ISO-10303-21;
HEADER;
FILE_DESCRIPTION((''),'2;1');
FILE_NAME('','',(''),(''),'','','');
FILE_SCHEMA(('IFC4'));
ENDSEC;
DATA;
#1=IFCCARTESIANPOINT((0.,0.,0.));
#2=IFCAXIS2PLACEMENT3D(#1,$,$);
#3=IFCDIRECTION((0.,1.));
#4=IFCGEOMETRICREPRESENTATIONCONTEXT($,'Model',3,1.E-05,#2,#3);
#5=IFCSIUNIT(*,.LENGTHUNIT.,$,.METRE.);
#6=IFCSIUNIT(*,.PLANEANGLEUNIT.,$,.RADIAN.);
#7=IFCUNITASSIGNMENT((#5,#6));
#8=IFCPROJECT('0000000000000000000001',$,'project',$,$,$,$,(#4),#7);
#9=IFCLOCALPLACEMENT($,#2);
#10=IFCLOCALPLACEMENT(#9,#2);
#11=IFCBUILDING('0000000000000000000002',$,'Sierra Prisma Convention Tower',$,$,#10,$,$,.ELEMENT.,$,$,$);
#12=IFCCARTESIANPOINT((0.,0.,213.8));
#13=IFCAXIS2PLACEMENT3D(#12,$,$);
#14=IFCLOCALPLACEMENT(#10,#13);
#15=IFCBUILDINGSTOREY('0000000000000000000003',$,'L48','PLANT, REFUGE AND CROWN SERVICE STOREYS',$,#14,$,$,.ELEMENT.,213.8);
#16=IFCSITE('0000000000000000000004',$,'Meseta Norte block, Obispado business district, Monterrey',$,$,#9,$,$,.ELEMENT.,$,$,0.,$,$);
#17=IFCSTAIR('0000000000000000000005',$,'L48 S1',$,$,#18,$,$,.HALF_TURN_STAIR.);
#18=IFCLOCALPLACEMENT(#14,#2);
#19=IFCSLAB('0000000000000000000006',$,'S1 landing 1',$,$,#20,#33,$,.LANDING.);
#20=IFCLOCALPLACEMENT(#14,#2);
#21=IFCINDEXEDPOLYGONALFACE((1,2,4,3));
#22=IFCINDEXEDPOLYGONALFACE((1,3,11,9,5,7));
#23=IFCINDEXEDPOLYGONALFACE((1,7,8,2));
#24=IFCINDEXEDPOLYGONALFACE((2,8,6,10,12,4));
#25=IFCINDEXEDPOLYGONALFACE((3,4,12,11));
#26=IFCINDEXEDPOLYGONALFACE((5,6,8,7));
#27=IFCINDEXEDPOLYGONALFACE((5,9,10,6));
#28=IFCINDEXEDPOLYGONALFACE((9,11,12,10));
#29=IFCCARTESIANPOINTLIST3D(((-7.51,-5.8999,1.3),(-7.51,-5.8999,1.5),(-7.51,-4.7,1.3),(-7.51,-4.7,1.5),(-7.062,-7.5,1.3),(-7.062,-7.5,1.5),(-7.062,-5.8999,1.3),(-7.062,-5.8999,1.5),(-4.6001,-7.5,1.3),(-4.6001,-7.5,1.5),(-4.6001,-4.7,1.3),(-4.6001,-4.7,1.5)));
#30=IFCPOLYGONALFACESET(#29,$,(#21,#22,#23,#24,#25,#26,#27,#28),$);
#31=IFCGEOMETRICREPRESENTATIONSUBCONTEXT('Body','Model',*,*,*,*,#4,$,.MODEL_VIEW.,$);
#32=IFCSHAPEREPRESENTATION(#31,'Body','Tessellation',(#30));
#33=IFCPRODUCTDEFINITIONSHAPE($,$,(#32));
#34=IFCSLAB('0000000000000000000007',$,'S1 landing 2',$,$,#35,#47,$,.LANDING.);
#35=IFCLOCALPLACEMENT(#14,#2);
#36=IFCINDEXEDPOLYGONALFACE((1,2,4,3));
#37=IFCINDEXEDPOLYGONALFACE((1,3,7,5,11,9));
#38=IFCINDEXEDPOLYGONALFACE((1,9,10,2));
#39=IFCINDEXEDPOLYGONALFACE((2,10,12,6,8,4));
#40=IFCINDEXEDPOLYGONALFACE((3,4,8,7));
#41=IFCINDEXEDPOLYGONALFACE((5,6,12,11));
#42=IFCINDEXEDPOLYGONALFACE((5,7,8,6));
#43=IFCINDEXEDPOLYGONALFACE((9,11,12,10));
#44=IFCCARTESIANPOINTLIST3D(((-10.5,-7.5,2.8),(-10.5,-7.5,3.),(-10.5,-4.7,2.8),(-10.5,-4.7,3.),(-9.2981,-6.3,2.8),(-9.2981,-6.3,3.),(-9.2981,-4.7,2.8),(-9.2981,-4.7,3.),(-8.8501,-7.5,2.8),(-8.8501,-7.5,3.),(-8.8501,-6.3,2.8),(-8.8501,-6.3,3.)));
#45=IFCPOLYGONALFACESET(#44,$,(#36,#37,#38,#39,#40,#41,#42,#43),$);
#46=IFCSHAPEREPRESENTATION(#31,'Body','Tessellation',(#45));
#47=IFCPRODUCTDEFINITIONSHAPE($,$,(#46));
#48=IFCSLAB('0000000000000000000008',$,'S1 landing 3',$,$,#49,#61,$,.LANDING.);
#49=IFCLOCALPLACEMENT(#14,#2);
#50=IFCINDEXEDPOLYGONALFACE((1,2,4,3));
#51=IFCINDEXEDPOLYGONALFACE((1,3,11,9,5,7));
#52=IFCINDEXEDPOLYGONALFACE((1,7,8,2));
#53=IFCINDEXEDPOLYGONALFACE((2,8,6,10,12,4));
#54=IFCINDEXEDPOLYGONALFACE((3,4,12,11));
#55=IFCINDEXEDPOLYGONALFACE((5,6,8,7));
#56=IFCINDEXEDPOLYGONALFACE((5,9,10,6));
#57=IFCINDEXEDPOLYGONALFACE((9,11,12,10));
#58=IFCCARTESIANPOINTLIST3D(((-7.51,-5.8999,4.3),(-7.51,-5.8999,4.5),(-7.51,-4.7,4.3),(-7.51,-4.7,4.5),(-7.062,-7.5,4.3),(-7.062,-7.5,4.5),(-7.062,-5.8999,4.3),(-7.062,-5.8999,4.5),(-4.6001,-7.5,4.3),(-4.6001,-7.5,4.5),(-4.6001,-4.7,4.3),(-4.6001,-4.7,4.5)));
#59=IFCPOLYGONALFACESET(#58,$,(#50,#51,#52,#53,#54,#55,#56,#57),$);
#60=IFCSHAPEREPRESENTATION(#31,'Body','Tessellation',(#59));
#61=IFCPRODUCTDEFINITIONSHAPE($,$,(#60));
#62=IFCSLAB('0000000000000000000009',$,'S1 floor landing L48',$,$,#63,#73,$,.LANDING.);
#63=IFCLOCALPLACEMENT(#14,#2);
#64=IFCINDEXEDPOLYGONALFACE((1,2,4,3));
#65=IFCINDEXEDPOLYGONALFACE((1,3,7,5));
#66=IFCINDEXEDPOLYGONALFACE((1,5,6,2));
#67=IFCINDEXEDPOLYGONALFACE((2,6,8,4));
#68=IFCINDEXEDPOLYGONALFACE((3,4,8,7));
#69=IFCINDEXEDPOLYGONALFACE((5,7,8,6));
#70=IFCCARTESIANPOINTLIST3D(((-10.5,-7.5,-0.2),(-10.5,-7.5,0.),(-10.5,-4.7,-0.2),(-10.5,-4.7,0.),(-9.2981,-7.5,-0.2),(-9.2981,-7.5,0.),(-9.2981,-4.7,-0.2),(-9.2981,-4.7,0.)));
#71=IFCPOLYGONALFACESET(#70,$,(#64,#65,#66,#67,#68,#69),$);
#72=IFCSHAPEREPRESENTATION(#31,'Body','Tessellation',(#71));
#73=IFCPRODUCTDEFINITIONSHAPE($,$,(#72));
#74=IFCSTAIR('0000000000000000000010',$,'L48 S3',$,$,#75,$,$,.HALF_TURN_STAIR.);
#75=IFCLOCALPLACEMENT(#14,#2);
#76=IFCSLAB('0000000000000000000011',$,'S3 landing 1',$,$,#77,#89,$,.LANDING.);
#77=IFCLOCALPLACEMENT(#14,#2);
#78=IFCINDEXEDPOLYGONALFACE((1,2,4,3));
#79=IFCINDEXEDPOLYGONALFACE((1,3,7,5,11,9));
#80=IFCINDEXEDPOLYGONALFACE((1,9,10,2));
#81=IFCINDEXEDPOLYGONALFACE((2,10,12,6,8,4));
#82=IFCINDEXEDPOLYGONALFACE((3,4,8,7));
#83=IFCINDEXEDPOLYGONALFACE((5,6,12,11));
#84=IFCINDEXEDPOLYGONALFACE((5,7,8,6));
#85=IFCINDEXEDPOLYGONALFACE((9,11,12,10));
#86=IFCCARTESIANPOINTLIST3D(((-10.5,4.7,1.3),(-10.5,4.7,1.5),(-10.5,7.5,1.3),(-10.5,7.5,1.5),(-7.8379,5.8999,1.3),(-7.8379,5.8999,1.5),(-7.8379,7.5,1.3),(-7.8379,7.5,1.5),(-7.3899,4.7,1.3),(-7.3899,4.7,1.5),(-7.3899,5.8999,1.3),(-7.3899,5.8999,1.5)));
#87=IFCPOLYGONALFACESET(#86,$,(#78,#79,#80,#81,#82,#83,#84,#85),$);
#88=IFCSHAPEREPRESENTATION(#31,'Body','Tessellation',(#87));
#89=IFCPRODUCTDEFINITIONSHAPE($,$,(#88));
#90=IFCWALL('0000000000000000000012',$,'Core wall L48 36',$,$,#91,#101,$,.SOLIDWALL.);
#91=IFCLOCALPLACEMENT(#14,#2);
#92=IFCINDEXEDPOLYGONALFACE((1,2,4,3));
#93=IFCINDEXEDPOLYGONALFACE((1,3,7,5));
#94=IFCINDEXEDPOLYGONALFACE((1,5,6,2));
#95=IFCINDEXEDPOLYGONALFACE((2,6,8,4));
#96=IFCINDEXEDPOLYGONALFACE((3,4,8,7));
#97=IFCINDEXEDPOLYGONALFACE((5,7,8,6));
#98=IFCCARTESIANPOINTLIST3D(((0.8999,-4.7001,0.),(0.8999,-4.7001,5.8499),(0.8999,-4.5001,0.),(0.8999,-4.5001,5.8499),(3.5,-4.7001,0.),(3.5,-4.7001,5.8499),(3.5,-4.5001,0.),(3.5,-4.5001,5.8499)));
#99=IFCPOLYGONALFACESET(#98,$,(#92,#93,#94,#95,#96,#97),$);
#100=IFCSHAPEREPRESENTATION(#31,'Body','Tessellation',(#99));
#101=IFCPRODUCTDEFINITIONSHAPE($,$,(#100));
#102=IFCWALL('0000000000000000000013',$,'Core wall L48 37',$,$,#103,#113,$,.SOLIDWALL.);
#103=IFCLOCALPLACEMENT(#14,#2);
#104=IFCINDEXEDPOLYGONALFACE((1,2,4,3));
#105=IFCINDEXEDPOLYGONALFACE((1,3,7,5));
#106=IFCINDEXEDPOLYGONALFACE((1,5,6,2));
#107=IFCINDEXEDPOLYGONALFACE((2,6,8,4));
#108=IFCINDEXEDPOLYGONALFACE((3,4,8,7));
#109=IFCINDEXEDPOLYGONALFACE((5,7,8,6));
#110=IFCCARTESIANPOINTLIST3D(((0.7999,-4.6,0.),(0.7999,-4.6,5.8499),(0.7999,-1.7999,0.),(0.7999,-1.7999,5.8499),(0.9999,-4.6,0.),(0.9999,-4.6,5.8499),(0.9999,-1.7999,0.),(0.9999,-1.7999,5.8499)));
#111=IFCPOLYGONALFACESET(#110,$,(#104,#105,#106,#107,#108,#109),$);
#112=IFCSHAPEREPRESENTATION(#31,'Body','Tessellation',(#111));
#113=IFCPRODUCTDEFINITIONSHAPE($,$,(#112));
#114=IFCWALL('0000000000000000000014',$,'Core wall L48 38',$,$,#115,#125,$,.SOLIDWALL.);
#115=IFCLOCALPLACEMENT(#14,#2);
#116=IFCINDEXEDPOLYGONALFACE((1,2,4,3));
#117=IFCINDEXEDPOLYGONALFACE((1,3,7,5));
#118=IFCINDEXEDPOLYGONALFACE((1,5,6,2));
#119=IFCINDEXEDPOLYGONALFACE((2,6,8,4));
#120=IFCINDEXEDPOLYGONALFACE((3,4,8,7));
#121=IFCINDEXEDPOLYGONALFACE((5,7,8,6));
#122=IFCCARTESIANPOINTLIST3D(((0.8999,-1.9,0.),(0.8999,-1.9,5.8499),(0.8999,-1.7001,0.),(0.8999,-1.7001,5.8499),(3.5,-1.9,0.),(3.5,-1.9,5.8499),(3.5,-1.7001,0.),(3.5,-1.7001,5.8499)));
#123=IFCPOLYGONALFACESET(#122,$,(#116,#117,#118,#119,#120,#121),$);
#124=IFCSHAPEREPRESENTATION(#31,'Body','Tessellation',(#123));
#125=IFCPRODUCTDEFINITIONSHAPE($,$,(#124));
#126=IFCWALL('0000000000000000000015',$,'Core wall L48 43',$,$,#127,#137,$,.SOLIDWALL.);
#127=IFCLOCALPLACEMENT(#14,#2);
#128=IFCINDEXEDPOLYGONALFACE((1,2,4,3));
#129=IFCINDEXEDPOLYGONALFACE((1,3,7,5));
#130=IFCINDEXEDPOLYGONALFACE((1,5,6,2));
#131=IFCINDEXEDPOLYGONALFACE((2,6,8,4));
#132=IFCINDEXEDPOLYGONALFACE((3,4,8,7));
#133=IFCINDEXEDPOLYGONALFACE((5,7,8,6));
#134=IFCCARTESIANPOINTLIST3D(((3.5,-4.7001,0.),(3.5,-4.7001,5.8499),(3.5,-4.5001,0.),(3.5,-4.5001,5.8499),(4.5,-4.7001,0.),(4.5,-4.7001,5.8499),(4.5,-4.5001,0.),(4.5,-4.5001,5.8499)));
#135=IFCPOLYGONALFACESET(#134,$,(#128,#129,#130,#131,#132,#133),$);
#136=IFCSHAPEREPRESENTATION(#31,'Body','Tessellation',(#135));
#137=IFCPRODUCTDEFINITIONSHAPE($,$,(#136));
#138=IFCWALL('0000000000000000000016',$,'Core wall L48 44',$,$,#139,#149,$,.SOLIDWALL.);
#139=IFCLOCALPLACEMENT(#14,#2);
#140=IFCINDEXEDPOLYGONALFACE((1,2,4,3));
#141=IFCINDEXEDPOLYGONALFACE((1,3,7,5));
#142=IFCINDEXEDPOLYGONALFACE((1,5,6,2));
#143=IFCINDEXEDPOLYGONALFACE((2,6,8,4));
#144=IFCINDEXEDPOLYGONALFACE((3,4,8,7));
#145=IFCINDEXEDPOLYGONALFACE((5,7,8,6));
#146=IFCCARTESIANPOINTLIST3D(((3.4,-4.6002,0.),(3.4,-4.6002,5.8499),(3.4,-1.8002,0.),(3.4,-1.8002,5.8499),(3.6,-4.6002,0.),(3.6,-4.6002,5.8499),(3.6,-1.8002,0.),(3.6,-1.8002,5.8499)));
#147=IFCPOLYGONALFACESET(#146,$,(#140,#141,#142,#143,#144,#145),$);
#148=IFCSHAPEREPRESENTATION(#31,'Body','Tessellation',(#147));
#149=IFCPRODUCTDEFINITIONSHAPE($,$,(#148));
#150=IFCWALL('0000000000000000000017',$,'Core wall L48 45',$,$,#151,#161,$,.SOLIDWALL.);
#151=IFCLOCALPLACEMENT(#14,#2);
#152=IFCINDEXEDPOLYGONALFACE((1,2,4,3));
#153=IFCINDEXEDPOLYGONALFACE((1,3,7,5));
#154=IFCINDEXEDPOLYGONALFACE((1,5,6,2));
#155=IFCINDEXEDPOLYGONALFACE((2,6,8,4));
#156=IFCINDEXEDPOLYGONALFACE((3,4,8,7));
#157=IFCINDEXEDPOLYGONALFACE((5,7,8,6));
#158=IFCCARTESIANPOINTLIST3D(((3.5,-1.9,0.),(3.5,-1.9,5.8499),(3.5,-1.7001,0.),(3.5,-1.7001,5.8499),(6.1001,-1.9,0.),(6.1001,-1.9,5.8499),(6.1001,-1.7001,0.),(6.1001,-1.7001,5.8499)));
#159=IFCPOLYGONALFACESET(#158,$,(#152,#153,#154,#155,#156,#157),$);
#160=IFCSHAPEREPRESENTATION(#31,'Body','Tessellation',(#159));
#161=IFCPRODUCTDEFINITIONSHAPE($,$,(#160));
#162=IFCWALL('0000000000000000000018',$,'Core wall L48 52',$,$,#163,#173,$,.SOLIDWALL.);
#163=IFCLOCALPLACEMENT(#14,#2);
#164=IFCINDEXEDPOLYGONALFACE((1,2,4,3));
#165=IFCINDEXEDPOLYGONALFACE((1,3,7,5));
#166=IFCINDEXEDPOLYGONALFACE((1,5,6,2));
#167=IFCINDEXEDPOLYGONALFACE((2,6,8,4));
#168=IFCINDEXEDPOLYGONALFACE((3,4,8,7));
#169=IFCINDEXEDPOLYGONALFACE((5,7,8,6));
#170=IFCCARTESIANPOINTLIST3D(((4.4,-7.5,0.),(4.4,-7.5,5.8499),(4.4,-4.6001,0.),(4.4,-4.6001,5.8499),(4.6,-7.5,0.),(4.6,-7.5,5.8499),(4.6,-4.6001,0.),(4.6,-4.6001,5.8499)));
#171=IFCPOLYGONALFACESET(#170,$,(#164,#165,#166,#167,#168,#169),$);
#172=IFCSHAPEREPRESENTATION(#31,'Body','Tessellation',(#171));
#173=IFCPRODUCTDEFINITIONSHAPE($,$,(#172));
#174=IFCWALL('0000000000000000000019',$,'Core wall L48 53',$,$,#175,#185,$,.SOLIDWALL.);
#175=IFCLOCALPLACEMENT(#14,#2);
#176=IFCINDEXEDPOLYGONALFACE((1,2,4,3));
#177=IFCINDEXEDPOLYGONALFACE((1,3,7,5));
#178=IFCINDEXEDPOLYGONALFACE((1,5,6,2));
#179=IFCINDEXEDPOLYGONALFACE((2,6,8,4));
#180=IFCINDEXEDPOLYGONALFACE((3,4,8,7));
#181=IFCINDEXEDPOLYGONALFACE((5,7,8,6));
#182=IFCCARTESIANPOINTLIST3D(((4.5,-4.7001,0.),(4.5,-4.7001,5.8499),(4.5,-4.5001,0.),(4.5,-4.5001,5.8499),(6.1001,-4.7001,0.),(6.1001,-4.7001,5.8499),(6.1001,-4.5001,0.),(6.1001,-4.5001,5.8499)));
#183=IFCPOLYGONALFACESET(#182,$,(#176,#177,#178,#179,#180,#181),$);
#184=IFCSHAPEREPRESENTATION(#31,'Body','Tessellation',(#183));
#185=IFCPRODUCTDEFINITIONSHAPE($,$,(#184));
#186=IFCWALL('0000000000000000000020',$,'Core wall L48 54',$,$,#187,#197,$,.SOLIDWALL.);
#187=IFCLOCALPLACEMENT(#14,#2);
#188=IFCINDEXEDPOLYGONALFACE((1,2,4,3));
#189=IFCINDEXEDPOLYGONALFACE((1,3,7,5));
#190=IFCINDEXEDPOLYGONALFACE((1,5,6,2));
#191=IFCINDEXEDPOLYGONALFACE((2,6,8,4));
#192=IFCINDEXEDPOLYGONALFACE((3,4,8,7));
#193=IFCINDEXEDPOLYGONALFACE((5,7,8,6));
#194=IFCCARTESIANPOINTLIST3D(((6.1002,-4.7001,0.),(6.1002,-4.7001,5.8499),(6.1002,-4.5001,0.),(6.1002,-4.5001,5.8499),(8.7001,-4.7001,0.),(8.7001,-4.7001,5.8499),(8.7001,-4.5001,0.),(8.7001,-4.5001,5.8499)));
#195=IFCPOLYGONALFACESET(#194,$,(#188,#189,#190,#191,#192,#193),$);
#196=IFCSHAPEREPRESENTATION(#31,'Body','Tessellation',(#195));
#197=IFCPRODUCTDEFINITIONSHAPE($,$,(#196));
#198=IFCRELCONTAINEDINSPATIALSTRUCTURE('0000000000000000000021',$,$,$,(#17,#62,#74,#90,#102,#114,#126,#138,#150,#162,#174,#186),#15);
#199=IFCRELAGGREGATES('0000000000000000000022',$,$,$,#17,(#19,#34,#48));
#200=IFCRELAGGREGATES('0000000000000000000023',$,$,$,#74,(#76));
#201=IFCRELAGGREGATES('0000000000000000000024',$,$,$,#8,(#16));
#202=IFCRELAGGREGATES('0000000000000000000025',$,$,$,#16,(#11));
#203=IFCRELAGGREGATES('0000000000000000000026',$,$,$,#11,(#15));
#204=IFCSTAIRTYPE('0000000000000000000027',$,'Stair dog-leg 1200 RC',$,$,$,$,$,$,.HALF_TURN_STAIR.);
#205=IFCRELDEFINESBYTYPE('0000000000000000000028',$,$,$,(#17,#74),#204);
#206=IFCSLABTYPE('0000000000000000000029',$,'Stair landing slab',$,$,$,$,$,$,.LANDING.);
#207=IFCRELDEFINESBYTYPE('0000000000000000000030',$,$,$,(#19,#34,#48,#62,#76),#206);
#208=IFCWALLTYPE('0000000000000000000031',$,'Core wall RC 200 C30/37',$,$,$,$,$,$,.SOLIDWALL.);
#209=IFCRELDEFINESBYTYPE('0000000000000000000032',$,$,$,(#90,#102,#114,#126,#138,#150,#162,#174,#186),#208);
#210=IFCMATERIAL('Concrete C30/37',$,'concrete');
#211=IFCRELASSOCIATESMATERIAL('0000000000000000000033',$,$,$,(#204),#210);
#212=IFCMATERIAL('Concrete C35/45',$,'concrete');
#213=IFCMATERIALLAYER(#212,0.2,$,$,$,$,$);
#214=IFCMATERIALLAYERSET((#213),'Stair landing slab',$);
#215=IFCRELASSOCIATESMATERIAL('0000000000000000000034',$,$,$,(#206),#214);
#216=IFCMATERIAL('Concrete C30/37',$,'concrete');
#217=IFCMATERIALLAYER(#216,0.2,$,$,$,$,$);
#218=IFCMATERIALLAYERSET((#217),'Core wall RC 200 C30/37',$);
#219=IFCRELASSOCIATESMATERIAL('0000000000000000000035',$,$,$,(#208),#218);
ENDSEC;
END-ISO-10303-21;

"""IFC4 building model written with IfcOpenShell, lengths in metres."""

from ifc_helpers import new_model, si_unit, direction, frame, frame_2d, origin, place, context, subcontext, project, spatial, polyline, rectangle, outline, extrude, material, layer, layer_set, type_object, element, aggregate, save


model = new_model("IFC4")

# Units and contexts
model_context = context("Model", 3, precision=1e-05, world=origin(), true_north=direction((0.0, 1.0)))
body_context = subcontext(model_context, "Body", "Model", "MODEL_VIEW")
ifc_project = project(units=[si_unit("LENGTHUNIT", "METRE"), si_unit("PLANEANGLEUNIT", "RADIAN")], contexts=[model_context])

# Site, building, storey
site_placement = place(None, origin())
site = spatial("IfcSite", under=ifc_project, at=site_placement, Name="Meseta Norte block, Obispado business district, Monterrey", CompositionType="ELEMENT", RefElevation=0.0)
building_placement = place(site_placement, origin())
building = spatial("IfcBuilding", under=site, at=building_placement, Name="Sierra Prisma Convention Tower", CompositionType="ELEMENT")
storey_placement = place(building_placement, frame((0.0, 0.0, 213.8)))
storey = spatial("IfcBuildingStorey", under=building, at=storey_placement, Name="L48", Description="PLANT, REFUGE AND CROWN SERVICE STOREYS", CompositionType="ELEMENT", Elevation=213.8)

# Stair, slabs
ifc_material_1 = material(Name="Concrete C30/37", Category="concrete")
stair_type = type_object("IfcStairType", Name="Stair dog-leg 1200 RC", PredefinedType="HALF_TURN_STAIR", material=ifc_material_1)
stair_1_placement = place(storey_placement, origin())
stair_1 = element("IfcStair", 1, at=stair_1_placement, inside=storey, type_object=stair_type, Name="L48 S1", PredefinedType="HALF_TURN_STAIR")
ifc_material_2 = material(Name="Concrete C35/45", Category="concrete")
ifc_layer_1 = layer(ifc_material_2, 0.2)
ifc_layer_set_1 = layer_set([ifc_layer_1], Name="Stair landing slab")
slab_type = type_object("IfcSlabType", Name="Stair landing slab", PredefinedType="LANDING", material=ifc_layer_set_1)
slab_1_placement = place(storey_placement, frame((0.0, 0.0, 1.3)))
slab_1 = element("IfcSlab", 2, at=slab_1_placement, type_object=slab_type, Name="S1 landing 1", PredefinedType="LANDING", context=body_context, shape_type="SweptSolid", body=[
    extrude(outline(polyline([(-4.6001, -4.7), (-4.6001, -7.5), (-7.062, -7.5), (-7.062, -5.8999), (-7.51, -5.8999), (-7.51, -4.7), (-4.6001, -4.7)])), origin(), (0.0, 0.0, 1.0), 0.2),
])
slab_2_placement = place(storey_placement, frame((0.0, 0.0, 2.8)))
slab_2 = element("IfcSlab", 3, at=slab_2_placement, type_object=slab_type, Name="S1 landing 2", PredefinedType="LANDING", context=body_context, shape_type="SweptSolid", body=[
    extrude(outline(polyline([(-10.5, -7.5), (-10.5, -4.7), (-9.2981, -4.7), (-9.2981, -6.3), (-8.8501, -6.3), (-8.8501, -7.5), (-10.5, -7.5)])), origin(), (0.0, 0.0, 1.0), 0.2),
])
slab_3_placement = place(storey_placement, frame((0.0, 0.0, 4.3)))
slab_3 = element("IfcSlab", 4, at=slab_3_placement, type_object=slab_type, Name="S1 landing 3", PredefinedType="LANDING", context=body_context, shape_type="SweptSolid", body=[
    extrude(outline(polyline([(-4.6001, -4.7), (-4.6001, -7.5), (-7.062, -7.5), (-7.062, -5.8999), (-7.51, -5.8999), (-7.51, -4.7), (-4.6001, -4.7)])), origin(), (0.0, 0.0, 1.0), 0.2),
])
aggregate(stair_1, [slab_1, slab_2, slab_3])

# Slab
slab_4_placement = place(storey_placement, frame((0.0, 0.0, -0.2)))
element("IfcSlab", 5, at=slab_4_placement, inside=storey, type_object=slab_type, Name="S1 floor landing L48", PredefinedType="LANDING", context=body_context, shape_type="SweptSolid", body=[
    extrude(outline(polyline([(-10.5, -7.5), (-9.2981, -7.5), (-9.2981, -4.7), (-10.5, -4.7), (-10.5, -7.5)])), origin(), (0.0, 0.0, 1.0), 0.2),
])

# Stair, slab
stair_2_placement = place(storey_placement, origin())
stair_2 = element("IfcStair", 6, at=stair_2_placement, inside=storey, type_object=stair_type, Name="L48 S3", PredefinedType="HALF_TURN_STAIR")
slab_5_placement = place(storey_placement, frame((0.0, 0.0, 1.3)))
slab_5 = element("IfcSlab", 7, at=slab_5_placement, type_object=slab_type, Name="S3 landing 1", PredefinedType="LANDING", context=body_context, shape_type="SweptSolid", body=[
    extrude(outline(polyline([(-7.3899, 5.8999), (-7.3899, 4.7), (-10.5, 4.7), (-10.5, 7.5), (-7.8379, 7.5), (-7.8379, 5.8999), (-7.3899, 5.8999)])), origin(), (0.0, 0.0, 1.0), 0.2),
])
aggregate(stair_2, [slab_5])

# Shared definitions
ifc_material_3 = material(Name="Concrete C30/37", Category="concrete")
ifc_layer_2 = layer(ifc_material_3, 0.2)
ifc_layer_set_2 = layer_set([ifc_layer_2], Name="Core wall RC 200 C30/37")
wall_type = type_object("IfcWallType", Name="Core wall RC 200 C30/37", PredefinedType="SOLIDWALL", material=ifc_layer_set_2)

# Walls
wall_1_placement = place(storey_placement, frame((3.5, -4.6001, 0.0), z_axis=(0.0, 0.0, 1.0), x_axis=(-1.0, 0.0, 0.0)))
element("IfcWall", 8, at=wall_1_placement, inside=storey, type_object=wall_type, Name="Core wall L48 36", PredefinedType="SOLIDWALL", context=body_context, shape_type="SweptSolid", body=[
    extrude(rectangle(XDim=2.6001, YDim=0.2, at=frame_2d((1.3, 0.0))), origin(), (0.0, 0.0, 1.0), 5.8499),
])
wall_2_placement = place(storey_placement, frame((0.8999, -1.8, 0.0), z_axis=(0.0, 0.0, 1.0), x_axis=(0.0, -1.0, 0.0)))
element("IfcWall", 9, at=wall_2_placement, inside=storey, type_object=wall_type, Name="Core wall L48 37", PredefinedType="SOLIDWALL", context=body_context, shape_type="SweptSolid", body=[
    extrude(rectangle(XDim=2.8, YDim=0.2, at=frame_2d((1.3999, 0.0))), origin(), (0.0, 0.0, 1.0), 5.8499),
])
wall_3_placement = place(storey_placement, frame((0.8999, -1.8, 0.0), z_axis=(0.0, 0.0, 1.0), x_axis=(1.0, 0.0, 0.0)))
element("IfcWall", 10, at=wall_3_placement, inside=storey, type_object=wall_type, Name="Core wall L48 38", PredefinedType="SOLIDWALL", context=body_context, shape_type="SweptSolid", body=[
    extrude(rectangle(XDim=2.6001, YDim=0.2, at=frame_2d((1.3, 0.0))), origin(), (0.0, 0.0, 1.0), 5.8499),
])
wall_4_placement = place(storey_placement, frame((4.5, -4.6001, 0.0), z_axis=(0.0, 0.0, 1.0), x_axis=(-1.0, 0.0, 0.0)))
element("IfcWall", 11, at=wall_4_placement, inside=storey, type_object=wall_type, Name="Core wall L48 43", PredefinedType="SOLIDWALL", context=body_context, shape_type="SweptSolid", body=[
    extrude(rectangle(XDim=1.0, YDim=0.2, at=frame_2d((0.5, 0.0))), origin(), (0.0, 0.0, 1.0), 5.8499),
])
wall_5_placement = place(storey_placement, frame((3.5, -4.6001, 0.0), z_axis=(0.0, 0.0, 1.0), x_axis=(0.0, 1.0, 0.0)))
element("IfcWall", 12, at=wall_5_placement, inside=storey, type_object=wall_type, Name="Core wall L48 44", PredefinedType="SOLIDWALL", context=body_context, shape_type="SweptSolid", body=[
    extrude(rectangle(XDim=2.8, YDim=0.2, at=frame_2d((1.3999, 0.0))), origin(), (0.0, 0.0, 1.0), 5.8499),
])
wall_6_placement = place(storey_placement, frame((3.5, -1.8, 0.0), z_axis=(0.0, 0.0, 1.0), x_axis=(1.0, 0.0, 0.0)))
element("IfcWall", 13, at=wall_6_placement, inside=storey, type_object=wall_type, Name="Core wall L48 45", PredefinedType="SOLIDWALL", context=body_context, shape_type="SweptSolid", body=[
    extrude(rectangle(XDim=2.6001, YDim=0.2, at=frame_2d((1.3, 0.0))), origin(), (0.0, 0.0, 1.0), 5.8499),
])

# Walls
wall_7_placement = place(storey_placement, frame((4.5, -4.6001, 0.0), z_axis=(0.0, 0.0, 1.0), x_axis=(0.0, -1.0, 0.0)))
element("IfcWall", 14, at=wall_7_placement, inside=storey, type_object=wall_type, Name="Core wall L48 52", PredefinedType="SOLIDWALL", context=body_context, shape_type="SweptSolid", body=[
    extrude(rectangle(XDim=2.8999, YDim=0.2, at=frame_2d((1.45, 0.0))), origin(), (0.0, 0.0, 1.0), 5.8499),
])
wall_8_placement = place(storey_placement, frame((6.1001, -4.6001, 0.0), z_axis=(0.0, 0.0, 1.0), x_axis=(-1.0, 0.0, 0.0)))
element("IfcWall", 15, at=wall_8_placement, inside=storey, type_object=wall_type, Name="Core wall L48 53", PredefinedType="SOLIDWALL", context=body_context, shape_type="SweptSolid", body=[
    extrude(rectangle(XDim=1.6001, YDim=0.2, at=frame_2d((0.8, 0.0))), origin(), (0.0, 0.0, 1.0), 5.8499),
])
wall_9_placement = place(storey_placement, frame((8.7, -4.6001, 0.0), z_axis=(0.0, 0.0, 1.0), x_axis=(-1.0, 0.0, 0.0)))
element("IfcWall", 16, at=wall_9_placement, inside=storey, type_object=wall_type, Name="Core wall L48 54", PredefinedType="SOLIDWALL", context=body_context, shape_type="SweptSolid", body=[
    extrude(rectangle(XDim=2.5999, YDim=0.2, at=frame_2d((1.2998, 0.0))), origin(), (0.0, 0.0, 1.0), 5.8499),
])

save(model, "model.ifc")
